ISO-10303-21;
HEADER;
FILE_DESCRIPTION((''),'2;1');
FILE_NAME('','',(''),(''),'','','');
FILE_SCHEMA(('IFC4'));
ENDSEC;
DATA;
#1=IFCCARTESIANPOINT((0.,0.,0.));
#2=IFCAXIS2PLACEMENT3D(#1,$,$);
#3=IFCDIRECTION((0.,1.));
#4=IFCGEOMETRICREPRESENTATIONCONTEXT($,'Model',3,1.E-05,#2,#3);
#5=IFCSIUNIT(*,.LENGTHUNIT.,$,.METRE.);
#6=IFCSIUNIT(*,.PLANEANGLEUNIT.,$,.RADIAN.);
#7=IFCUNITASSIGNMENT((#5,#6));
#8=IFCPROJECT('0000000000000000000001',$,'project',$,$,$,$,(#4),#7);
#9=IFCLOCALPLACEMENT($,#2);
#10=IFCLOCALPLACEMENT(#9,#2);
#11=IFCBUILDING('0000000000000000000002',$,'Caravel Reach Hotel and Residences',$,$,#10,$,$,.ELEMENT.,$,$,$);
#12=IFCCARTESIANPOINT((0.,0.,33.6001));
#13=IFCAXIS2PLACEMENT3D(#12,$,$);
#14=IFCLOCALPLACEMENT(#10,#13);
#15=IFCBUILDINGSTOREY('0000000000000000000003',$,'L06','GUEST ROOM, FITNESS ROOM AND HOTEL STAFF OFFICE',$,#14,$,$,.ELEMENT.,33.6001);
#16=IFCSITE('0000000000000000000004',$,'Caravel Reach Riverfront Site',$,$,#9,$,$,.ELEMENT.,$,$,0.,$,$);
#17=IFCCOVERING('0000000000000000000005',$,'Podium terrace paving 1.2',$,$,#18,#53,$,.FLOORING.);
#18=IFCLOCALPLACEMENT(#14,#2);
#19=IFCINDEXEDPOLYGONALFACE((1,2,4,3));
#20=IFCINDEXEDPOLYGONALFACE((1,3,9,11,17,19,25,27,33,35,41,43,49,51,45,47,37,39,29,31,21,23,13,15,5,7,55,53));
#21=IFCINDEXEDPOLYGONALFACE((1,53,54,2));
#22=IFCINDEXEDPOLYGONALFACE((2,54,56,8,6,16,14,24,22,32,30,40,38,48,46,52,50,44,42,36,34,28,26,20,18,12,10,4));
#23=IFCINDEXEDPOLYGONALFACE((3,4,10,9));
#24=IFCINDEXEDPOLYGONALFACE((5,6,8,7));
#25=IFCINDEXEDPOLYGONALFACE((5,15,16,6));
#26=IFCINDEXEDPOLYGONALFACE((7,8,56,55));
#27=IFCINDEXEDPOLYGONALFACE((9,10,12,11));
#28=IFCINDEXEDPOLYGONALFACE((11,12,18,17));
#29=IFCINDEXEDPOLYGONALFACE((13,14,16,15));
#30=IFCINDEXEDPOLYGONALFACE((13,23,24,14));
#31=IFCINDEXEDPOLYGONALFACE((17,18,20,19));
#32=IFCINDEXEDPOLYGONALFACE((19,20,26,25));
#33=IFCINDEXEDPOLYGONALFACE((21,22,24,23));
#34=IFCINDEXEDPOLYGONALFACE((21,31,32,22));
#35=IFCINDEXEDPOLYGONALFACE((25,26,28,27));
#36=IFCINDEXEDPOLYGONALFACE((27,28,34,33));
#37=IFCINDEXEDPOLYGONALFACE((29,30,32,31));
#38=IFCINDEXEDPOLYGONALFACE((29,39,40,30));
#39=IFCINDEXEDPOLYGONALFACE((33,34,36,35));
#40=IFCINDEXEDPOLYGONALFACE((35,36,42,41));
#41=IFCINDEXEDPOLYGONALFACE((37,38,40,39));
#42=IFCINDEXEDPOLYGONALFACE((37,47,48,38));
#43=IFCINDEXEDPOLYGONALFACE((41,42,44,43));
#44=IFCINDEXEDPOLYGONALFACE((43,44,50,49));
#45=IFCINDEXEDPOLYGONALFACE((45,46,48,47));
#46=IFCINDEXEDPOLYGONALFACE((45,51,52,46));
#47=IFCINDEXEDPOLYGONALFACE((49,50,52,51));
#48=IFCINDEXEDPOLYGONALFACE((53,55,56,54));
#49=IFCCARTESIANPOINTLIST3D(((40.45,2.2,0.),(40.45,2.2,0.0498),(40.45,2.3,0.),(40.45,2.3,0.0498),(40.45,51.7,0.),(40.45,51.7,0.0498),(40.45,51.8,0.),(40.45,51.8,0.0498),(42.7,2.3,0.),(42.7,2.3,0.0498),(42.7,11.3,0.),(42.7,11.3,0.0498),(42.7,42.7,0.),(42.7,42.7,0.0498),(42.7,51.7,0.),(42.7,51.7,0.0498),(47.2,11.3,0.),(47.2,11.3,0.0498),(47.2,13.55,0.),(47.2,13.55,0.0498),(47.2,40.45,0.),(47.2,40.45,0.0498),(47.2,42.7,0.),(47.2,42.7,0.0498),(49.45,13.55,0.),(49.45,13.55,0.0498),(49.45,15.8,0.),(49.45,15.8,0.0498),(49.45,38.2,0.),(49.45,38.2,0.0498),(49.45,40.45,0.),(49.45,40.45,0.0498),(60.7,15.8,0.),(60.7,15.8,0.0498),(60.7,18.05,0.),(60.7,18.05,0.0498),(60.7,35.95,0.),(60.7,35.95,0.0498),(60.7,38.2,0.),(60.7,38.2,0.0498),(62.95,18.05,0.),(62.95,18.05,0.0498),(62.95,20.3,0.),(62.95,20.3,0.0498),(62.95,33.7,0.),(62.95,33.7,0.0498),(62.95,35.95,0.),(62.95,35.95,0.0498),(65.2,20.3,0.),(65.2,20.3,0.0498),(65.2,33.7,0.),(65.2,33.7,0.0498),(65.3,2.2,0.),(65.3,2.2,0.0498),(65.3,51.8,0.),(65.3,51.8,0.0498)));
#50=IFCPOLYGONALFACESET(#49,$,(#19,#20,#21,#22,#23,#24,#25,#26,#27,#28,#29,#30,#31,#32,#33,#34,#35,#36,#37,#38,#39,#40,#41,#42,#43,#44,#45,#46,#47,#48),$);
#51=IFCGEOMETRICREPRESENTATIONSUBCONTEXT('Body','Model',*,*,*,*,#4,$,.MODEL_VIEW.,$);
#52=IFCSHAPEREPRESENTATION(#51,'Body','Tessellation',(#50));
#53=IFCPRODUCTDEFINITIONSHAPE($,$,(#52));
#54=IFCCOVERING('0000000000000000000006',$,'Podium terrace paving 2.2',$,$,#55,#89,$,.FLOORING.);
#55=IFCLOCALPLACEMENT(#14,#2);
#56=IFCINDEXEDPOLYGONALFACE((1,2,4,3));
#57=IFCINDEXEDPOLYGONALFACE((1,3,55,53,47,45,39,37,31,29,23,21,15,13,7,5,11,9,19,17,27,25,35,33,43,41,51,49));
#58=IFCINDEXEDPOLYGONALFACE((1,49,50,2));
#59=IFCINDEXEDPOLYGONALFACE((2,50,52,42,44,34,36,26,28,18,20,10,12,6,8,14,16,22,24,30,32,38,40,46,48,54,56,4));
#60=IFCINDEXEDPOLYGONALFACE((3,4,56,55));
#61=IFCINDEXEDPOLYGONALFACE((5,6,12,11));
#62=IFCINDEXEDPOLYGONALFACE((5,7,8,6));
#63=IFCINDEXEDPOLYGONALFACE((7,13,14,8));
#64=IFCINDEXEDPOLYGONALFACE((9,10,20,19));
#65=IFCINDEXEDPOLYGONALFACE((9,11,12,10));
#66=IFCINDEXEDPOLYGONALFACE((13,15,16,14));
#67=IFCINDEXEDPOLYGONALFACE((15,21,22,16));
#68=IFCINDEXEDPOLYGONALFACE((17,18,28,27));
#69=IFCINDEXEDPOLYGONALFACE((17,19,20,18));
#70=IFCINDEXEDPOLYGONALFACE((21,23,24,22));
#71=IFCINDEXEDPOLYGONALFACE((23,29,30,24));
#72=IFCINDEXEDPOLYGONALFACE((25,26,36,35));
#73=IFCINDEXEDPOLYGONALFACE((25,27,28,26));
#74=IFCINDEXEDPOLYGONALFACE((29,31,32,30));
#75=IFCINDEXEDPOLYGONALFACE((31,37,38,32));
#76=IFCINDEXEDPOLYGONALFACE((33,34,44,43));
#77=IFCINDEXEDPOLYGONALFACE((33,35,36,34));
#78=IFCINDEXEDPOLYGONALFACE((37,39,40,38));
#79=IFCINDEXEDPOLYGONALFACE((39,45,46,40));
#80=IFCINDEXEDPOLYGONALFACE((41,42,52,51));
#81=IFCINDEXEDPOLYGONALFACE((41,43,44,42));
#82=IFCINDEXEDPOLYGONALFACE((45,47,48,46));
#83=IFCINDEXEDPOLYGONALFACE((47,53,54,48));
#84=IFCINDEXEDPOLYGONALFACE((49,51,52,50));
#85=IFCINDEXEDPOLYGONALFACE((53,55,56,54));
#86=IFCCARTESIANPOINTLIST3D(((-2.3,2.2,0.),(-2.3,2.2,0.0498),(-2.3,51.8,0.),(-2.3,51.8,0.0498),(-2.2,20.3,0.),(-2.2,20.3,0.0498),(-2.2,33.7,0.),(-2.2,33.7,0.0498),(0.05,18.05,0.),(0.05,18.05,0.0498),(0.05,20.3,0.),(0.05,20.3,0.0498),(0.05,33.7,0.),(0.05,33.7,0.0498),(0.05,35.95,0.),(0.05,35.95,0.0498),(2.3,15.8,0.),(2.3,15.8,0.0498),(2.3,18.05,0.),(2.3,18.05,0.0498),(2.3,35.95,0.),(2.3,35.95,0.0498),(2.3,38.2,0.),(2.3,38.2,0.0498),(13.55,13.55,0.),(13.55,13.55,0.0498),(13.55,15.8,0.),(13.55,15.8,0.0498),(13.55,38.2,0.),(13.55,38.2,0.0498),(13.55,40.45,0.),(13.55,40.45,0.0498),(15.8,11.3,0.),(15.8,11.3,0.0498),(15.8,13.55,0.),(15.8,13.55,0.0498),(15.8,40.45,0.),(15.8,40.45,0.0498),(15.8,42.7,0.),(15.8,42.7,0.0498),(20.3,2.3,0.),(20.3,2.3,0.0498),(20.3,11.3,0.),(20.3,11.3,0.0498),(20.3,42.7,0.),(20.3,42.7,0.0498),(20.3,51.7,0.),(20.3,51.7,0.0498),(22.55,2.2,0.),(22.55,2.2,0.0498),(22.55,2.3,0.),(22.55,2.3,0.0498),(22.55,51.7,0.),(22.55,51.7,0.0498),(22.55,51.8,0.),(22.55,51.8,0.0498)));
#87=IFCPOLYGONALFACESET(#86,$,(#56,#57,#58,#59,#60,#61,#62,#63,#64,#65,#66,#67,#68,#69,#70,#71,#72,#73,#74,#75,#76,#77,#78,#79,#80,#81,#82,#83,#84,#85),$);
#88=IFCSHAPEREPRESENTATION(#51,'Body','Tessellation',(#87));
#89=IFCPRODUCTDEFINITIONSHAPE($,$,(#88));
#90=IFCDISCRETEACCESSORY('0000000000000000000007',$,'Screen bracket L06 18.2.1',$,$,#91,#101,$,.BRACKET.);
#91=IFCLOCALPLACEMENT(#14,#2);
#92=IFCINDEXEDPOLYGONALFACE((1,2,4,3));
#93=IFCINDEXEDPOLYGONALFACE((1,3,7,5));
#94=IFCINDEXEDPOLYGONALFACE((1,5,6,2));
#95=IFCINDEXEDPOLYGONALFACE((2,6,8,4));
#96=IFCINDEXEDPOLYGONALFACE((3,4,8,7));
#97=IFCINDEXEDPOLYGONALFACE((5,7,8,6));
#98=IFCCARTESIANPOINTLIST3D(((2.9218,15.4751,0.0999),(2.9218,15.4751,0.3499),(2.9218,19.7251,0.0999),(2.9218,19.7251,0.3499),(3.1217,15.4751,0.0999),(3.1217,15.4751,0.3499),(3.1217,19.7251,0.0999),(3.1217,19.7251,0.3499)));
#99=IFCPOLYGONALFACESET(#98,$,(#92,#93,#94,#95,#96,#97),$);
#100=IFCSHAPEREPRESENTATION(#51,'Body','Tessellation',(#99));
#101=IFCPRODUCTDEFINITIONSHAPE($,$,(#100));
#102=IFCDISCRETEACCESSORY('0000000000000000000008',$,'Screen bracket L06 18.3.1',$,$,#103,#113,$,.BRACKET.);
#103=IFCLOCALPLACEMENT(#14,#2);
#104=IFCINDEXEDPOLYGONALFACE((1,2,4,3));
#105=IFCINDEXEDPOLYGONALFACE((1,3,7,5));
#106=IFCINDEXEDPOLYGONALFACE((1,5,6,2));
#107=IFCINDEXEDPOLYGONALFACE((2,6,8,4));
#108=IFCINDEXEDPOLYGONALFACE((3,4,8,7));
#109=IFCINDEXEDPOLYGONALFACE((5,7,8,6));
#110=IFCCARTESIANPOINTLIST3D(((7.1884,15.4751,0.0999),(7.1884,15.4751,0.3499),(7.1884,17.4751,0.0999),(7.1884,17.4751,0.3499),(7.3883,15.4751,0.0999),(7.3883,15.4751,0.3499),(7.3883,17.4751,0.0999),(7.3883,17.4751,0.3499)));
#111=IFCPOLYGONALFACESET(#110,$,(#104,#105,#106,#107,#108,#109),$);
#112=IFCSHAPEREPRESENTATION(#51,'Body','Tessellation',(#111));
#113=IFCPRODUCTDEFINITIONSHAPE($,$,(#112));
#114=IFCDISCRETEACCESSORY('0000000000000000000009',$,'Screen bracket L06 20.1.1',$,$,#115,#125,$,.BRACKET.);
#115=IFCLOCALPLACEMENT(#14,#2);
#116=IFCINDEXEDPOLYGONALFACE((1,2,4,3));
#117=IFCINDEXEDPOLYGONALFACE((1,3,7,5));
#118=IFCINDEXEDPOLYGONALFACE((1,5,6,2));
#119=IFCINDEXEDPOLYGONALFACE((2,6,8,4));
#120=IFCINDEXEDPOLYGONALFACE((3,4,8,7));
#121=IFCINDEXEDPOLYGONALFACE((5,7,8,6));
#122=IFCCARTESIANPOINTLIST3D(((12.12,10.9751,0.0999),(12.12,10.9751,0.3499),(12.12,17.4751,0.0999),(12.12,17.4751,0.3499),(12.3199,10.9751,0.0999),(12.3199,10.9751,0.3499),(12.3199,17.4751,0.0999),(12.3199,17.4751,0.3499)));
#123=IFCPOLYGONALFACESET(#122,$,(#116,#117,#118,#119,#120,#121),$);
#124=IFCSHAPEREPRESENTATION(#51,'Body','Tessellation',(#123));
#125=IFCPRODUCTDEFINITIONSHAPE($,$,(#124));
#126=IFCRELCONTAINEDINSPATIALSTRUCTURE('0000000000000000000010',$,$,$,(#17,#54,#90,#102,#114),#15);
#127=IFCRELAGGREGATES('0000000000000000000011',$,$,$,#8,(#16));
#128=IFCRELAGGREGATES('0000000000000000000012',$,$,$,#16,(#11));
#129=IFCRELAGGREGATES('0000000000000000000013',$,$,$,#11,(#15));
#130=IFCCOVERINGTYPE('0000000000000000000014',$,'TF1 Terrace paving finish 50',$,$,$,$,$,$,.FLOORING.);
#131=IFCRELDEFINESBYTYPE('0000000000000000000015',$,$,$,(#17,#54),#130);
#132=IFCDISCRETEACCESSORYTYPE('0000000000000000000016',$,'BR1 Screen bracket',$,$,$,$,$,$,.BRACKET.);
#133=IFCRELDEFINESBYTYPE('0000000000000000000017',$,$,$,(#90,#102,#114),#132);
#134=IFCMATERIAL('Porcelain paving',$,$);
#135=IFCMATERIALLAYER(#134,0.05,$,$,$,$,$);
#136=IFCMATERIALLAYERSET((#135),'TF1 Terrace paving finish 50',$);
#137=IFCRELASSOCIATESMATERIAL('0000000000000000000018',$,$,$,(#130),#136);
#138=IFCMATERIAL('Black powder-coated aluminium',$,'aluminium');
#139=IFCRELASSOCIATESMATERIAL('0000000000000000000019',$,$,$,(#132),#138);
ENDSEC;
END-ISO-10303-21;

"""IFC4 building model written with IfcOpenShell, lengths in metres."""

from ifc_helpers import new_model, si_unit, direction, frame, origin, origin_2d, place, context, subcontext, project, spatial, polyline, rectangle, outline, extrude, material, layer, layer_set, type_object, element, save


model = new_model("IFC4")

# Units and contexts
model_context = context("Model", 3, precision=1e-05, world=origin(), true_north=direction((0.0, 1.0)))
body_context = subcontext(model_context, "Body", "Model", "MODEL_VIEW")
ifc_project = project(units=[si_unit("LENGTHUNIT", "METRE"), si_unit("PLANEANGLEUNIT", "RADIAN")], contexts=[model_context])

# Site, building, storey
site_placement = place(None, origin())
site = spatial("IfcSite", under=ifc_project, at=site_placement, Name="Caravel Reach Riverfront Site", CompositionType="ELEMENT", RefElevation=0.0)
building_placement = place(site_placement, origin())
building = spatial("IfcBuilding", under=site, at=building_placement, Name="Caravel Reach Hotel and Residences", CompositionType="ELEMENT")
storey_placement = place(building_placement, frame((0.0, 0.0, 33.6001)))
storey = spatial("IfcBuildingStorey", under=building, at=storey_placement, Name="L06", Description="GUEST ROOM, FITNESS ROOM AND HOTEL STAFF OFFICE", CompositionType="ELEMENT", Elevation=33.6001)

# Coverings
ifc_material_1 = material(Name="Porcelain paving")
ifc_layer_1 = layer(ifc_material_1, 0.05)
ifc_layer_set_1 = layer_set([ifc_layer_1], Name="TF1 Terrace paving finish 50")
covering_type_1 = type_object("IfcCoveringType", Name="TF1 Terrace paving finish 50", PredefinedType="FLOORING", material=ifc_layer_set_1)
covering_1_placement = place(storey_placement, origin())
element("IfcCovering", 1, at=covering_1_placement, inside=storey, type_object=covering_type_1, Name="Podium terrace paving 1.2", PredefinedType="FLOORING", context=body_context, shape_type="SweptSolid", body=[
    extrude(outline(polyline([(65.3, 2.2), (65.3, 51.8), (40.45, 51.8), (40.45, 51.7), (42.7, 51.7), (42.7, 42.7), (47.2, 42.7), (47.2, 40.45), (49.45, 40.45), (49.45, 38.2), (60.7, 38.2), (60.7, 35.95), (62.95, 35.95), (62.95, 33.7), (65.2, 33.7), (65.2, 20.3), (62.95, 20.3), (62.95, 18.05), (60.7, 18.05), (60.7, 15.8), (49.45, 15.8), (49.45, 13.55), (47.2, 13.55), (47.2, 11.3), (42.7, 11.3), (42.7, 2.3), (40.45, 2.3), (40.45, 2.2), (65.3, 2.2)])), origin(), (0.0, 0.0, 1.0), 0.0498),
])
covering_2_placement = place(storey_placement, origin())
element("IfcCovering", 2, at=covering_2_placement, inside=storey, type_object=covering_type_1, Name="Podium terrace paving 2.2", PredefinedType="FLOORING", context=body_context, shape_type="SweptSolid", body=[
    extrude(outline(polyline([(22.55, 2.2), (22.55, 2.3), (20.3, 2.3), (20.3, 11.3), (15.8, 11.3), (15.8, 13.55), (13.55, 13.55), (13.55, 15.8), (2.3, 15.8), (2.3, 18.05), (0.05, 18.05), (0.05, 20.3), (-2.2, 20.3), (-2.2, 33.7), (0.05, 33.7), (0.05, 35.95), (2.3, 35.95), (2.3, 38.2), (13.55, 38.2), (13.55, 40.45), (15.8, 40.45), (15.8, 42.7), (20.3, 42.7), (20.3, 51.7), (22.55, 51.7), (22.55, 51.8), (-2.3, 51.8), (-2.3, 2.2), (22.55, 2.2)])), origin(), (0.0, 0.0, 1.0), 0.0498),
])

# Discrete accessories
ifc_material_2 = material(Name="Black powder-coated aluminium", Category="aluminium")
discrete_accessory_type = type_object("IfcDiscreteAccessoryType", Name="BR1 Screen bracket", PredefinedType="BRACKET", material=ifc_material_2)
discrete_accessory_1_placement = place(storey_placement, frame((3.0217, 17.6001, 0.0999), z_axis=(0.0, 0.0, 1.0), x_axis=(0.0, -1.0, 0.0)))
element("IfcDiscreteAccessory", 3, at=discrete_accessory_1_placement, inside=storey, type_object=discrete_accessory_type, Name="Screen bracket L06 18.2.1", PredefinedType="BRACKET", context=body_context, shape_type="SweptSolid", body=[
    extrude(rectangle(XDim=4.25, YDim=0.2, at=origin_2d()), origin(), (0.0, 0.0, 1.0), 0.25),
])
discrete_accessory_2_placement = place(storey_placement, frame((7.2883, 16.4751, 0.0999), z_axis=(0.0, 0.0, 1.0), x_axis=(0.0, -1.0, 0.0)))
element("IfcDiscreteAccessory", 4, at=discrete_accessory_2_placement, inside=storey, type_object=discrete_accessory_type, Name="Screen bracket L06 18.3.1", PredefinedType="BRACKET", context=body_context, shape_type="SweptSolid", body=[
    extrude(rectangle(XDim=2.0, YDim=0.2, at=origin_2d()), origin(), (0.0, 0.0, 1.0), 0.25),
])
discrete_accessory_3_placement = place(storey_placement, frame((12.22, 14.2251, 0.0999), z_axis=(0.0, 0.0, 1.0), x_axis=(0.0, -1.0, 0.0)))
element("IfcDiscreteAccessory", 5, at=discrete_accessory_3_placement, inside=storey, type_object=discrete_accessory_type, Name="Screen bracket L06 20.1.1", PredefinedType="BRACKET", context=body_context, shape_type="SweptSolid", body=[
    extrude(rectangle(XDim=6.5, YDim=0.2, at=origin_2d()), origin(), (0.0, 0.0, 1.0), 0.25),
])

save(model, "model.ifc")
